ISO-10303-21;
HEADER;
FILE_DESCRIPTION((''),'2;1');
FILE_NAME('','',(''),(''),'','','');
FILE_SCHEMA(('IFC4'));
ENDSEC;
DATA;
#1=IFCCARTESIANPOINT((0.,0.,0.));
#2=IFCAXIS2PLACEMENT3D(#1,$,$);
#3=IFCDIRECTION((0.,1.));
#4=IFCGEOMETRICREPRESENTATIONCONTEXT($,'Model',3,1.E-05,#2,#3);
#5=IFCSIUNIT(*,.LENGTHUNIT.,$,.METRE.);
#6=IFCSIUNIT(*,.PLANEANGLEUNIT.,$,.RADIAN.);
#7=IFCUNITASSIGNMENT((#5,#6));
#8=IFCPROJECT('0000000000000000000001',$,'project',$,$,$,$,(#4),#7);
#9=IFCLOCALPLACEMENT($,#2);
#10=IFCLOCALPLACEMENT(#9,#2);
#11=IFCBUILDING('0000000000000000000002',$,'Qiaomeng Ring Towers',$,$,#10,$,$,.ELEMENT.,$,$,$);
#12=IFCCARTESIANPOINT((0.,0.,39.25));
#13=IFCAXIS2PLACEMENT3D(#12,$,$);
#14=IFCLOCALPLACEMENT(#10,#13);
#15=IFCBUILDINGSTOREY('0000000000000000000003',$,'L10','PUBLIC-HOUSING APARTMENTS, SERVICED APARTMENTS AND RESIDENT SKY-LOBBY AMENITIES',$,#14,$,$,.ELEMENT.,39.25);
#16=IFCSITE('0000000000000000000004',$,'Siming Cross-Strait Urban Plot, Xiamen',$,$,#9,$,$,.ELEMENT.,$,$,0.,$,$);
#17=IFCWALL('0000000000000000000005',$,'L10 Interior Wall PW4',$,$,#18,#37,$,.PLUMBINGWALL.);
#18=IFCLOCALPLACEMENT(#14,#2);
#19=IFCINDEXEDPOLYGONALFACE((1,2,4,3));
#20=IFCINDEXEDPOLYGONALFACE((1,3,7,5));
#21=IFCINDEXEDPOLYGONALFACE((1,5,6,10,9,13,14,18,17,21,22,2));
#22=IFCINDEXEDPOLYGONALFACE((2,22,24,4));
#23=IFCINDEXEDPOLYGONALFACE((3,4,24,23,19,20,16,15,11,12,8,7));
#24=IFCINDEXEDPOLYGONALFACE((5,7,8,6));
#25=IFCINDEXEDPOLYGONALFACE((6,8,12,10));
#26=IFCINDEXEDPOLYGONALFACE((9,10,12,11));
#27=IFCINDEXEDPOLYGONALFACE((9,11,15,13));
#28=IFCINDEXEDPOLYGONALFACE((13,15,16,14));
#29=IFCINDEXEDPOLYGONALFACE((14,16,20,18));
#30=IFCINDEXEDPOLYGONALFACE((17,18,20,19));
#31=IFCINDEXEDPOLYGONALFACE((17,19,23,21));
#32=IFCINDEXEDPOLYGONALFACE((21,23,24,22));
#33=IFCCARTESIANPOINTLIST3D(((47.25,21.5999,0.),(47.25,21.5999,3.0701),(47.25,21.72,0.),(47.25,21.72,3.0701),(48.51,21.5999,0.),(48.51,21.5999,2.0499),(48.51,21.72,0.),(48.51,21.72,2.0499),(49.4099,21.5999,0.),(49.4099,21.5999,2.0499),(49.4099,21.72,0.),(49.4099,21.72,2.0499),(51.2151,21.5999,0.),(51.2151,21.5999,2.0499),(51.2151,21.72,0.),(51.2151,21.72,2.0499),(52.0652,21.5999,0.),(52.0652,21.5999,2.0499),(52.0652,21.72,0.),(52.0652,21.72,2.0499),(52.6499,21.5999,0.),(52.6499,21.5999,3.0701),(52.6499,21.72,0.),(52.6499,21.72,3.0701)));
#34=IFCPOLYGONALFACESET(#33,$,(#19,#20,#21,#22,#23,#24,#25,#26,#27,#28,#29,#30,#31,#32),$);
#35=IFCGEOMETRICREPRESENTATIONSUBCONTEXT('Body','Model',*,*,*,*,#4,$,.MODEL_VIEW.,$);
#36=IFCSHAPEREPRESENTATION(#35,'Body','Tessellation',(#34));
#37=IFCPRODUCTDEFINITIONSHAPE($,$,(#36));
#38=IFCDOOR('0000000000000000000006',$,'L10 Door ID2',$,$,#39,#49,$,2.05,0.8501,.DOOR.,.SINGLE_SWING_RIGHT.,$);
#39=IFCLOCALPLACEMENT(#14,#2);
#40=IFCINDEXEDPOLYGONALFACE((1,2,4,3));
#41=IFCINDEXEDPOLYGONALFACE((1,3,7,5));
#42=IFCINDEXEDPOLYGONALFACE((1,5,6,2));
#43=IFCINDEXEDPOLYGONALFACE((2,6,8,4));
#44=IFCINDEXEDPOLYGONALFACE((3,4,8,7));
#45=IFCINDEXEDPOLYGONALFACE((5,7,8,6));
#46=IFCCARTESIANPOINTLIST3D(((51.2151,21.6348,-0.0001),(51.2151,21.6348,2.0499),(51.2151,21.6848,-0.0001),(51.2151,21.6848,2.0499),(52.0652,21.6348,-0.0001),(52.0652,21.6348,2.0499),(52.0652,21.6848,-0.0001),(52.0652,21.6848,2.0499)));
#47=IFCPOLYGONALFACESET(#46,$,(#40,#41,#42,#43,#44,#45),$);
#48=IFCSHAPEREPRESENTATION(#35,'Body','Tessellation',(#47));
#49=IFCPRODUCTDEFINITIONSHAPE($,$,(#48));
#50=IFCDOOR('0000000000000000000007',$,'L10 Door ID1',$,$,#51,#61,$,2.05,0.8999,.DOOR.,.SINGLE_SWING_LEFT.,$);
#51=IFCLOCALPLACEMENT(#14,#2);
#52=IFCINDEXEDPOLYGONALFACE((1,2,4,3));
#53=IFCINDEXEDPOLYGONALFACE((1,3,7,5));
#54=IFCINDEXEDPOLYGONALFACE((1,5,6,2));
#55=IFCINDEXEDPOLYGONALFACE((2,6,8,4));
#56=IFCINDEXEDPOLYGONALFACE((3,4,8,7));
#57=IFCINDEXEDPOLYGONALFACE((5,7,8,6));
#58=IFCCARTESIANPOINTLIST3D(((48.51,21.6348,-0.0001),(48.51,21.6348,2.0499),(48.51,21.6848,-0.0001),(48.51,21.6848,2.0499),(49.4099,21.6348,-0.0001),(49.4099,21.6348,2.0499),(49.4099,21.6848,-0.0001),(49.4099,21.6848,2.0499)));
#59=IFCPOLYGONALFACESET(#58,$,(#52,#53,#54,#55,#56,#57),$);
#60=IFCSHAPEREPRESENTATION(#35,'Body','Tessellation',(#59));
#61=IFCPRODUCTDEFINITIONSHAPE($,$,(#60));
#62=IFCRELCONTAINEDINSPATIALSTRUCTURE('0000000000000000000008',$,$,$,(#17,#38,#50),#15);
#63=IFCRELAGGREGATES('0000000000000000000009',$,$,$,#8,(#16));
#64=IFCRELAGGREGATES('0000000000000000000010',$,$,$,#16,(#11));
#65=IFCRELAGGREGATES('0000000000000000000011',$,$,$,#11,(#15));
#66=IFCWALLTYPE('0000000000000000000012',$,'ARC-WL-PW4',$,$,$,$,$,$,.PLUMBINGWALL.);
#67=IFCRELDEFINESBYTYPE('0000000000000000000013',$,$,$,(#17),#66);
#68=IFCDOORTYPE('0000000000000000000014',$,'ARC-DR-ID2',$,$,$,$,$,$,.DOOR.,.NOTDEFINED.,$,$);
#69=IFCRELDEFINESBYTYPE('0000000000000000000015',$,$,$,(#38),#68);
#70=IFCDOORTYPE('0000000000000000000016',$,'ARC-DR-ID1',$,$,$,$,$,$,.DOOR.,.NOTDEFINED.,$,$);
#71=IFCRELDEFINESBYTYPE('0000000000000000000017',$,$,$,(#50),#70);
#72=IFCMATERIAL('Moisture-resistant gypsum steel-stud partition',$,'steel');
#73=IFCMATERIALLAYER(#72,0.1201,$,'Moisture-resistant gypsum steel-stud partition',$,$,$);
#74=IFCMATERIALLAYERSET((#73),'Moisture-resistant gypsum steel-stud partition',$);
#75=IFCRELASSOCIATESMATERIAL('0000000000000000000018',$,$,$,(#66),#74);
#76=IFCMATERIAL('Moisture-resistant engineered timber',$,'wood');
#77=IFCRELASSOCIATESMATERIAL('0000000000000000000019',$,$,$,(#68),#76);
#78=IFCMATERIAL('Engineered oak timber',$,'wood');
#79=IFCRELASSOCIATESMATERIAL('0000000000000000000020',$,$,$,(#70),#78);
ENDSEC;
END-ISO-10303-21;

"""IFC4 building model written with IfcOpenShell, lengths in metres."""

from ifc_helpers import new_model, si_unit, direction, frame, frame_2d, origin, place, context, subcontext, project, spatial, rectangle, extrude, source, transform, mapped, material, layer, layer_set, type_object, element, fill, save


model = new_model("IFC4")

# Units and contexts
model_context = context("Model", 3, precision=1e-05, world=origin(), true_north=direction((0.0, 1.0)))
body_context = subcontext(model_context, "Body", "Model", "MODEL_VIEW")
ifc_project = project(units=[si_unit("LENGTHUNIT", "METRE"), si_unit("PLANEANGLEUNIT", "RADIAN")], contexts=[model_context])

# Site, building, storey
site_placement = place(None, origin())
site = spatial("IfcSite", under=ifc_project, at=site_placement, Name="Siming Cross-Strait Urban Plot, Xiamen", CompositionType="ELEMENT", RefElevation=0.0)
building_placement = place(site_placement, origin())
building = spatial("IfcBuilding", under=site, at=building_placement, Name="Qiaomeng Ring Towers", CompositionType="ELEMENT")
storey_placement = place(building_placement, frame((0.0, 0.0, 39.25)))
storey = spatial("IfcBuildingStorey", under=building, at=storey_placement, Name="L10", Description="PUBLIC-HOUSING APARTMENTS, SERVICED APARTMENTS AND RESIDENT SKY-LOBBY AMENITIES", CompositionType="ELEMENT", Elevation=39.25)

# Wall, openings, doors
ifc_material_1 = material(Name="Moisture-resistant gypsum steel-stud partition", Category="steel")
ifc_layer_1 = layer(ifc_material_1, 0.1201, Name="Moisture-resistant gypsum steel-stud partition")
ifc_layer_set_1 = layer_set([ifc_layer_1], Name="Moisture-resistant gypsum steel-stud partition")
wall_type_1 = type_object("IfcWallType", Name="ARC-WL-PW4", PredefinedType="PLUMBINGWALL", material=ifc_layer_set_1)
wall_1_placement = place(storey_placement, frame((47.25, 21.6599, 0.0), z_axis=(0.0, 0.0, 1.0), x_axis=(1.0, 0.0, 0.0)))
wall_1 = element("IfcWall", 1, at=wall_1_placement, inside=storey, type_object=wall_type_1, Name="L10 Interior Wall PW4", PredefinedType="PLUMBINGWALL", context=body_context, shape_type="SweptSolid", body=[
    extrude(rectangle(XDim=5.3999, YDim=0.1201, at=frame_2d((2.7, 0.0))), origin(), (0.0, 0.0, 1.0), 3.0701),
])
opening_1_placement = place(wall_1_placement, frame((1.26, 0.0, 0.0)))
opening_1 = element("IfcOpeningElement", 2, at=opening_1_placement, cuts=wall_1, PredefinedType="OPENING", context=body_context, shape_type="SweptSolid", body=[
    extrude(rectangle(XDim=0.8999, YDim=2.05, at=frame_2d((0.45, 1.0249))), frame((0.0, 0.0701, 0.0), z_axis=(0.0, -1.0, 0.0), x_axis=(1.0, 0.0, 0.0)), (0.0, 0.0, 1.0), 0.1401),
])
opening_2_placement = place(wall_1_placement, frame((3.9651, 0.0, 0.0)))
opening_2 = element("IfcOpeningElement", 3, at=opening_2_placement, cuts=wall_1, PredefinedType="OPENING", context=body_context, shape_type="SweptSolid", body=[
    extrude(rectangle(XDim=0.8501, YDim=2.05, at=frame_2d((0.425, 1.0249))), frame((0.0, 0.0701, 0.0), z_axis=(0.0, -1.0, 0.0), x_axis=(1.0, 0.0, 0.0)), (0.0, 0.0, 1.0), 0.1401),
])
ifc_material_2 = material(Name="Moisture-resistant engineered timber", Category="wood")
door_type_1 = type_object("IfcDoorType", Name="ARC-DR-ID2", OperationType="NOTDEFINED", PredefinedType="DOOR", material=ifc_material_2)
shared_shape_1 = source(origin(), body_context, "Body", "SweptSolid", [
    extrude(rectangle(XDim=0.8501, YDim=2.05, at=frame_2d((0.425, 1.0249))), frame((0.0, 0.0249, 0.0), z_axis=(0.0, -1.0, 0.0), x_axis=(1.0, 0.0, 0.0)), (0.0, 0.0, 1.0), 0.05),
])
door_1_placement = place(opening_2_placement, origin())
door_1 = element("IfcDoor", 4, at=door_1_placement, inside=storey, type_object=door_type_1, Name="L10 Door ID2", OperationType="SINGLE_SWING_RIGHT", OverallHeight=2.05, OverallWidth=0.8501, PredefinedType="DOOR", context=body_context, shape_type="MappedRepresentation", body=[
    mapped(shared_shape_1, transform((0.0, 0.0, 0.0), x_axis=(1.0, 0.0, 0.0), y_axis=(0.0, 1.0, 0.0), z_axis=(0.0, 0.0, 1.0), scale=1.0)),
])
fill(opening_2, door_1)
ifc_material_3 = material(Name="Engineered oak timber", Category="wood")
door_type_2 = type_object("IfcDoorType", Name="ARC-DR-ID1", OperationType="NOTDEFINED", PredefinedType="DOOR", material=ifc_material_3)
shared_shape_2 = source(origin(), body_context, "Body", "SweptSolid", [
    extrude(rectangle(XDim=0.8999, YDim=2.05, at=frame_2d((0.45, 1.0249))), frame((0.0, 0.0249, 0.0), z_axis=(0.0, -1.0, 0.0), x_axis=(1.0, 0.0, 0.0)), (0.0, 0.0, 1.0), 0.05),
])
door_2_placement = place(opening_1_placement, origin())
door_2 = element("IfcDoor", 5, at=door_2_placement, inside=storey, type_object=door_type_2, Name="L10 Door ID1", OperationType="SINGLE_SWING_LEFT", OverallHeight=2.05, OverallWidth=0.8999, PredefinedType="DOOR", context=body_context, shape_type="MappedRepresentation", body=[
    mapped(shared_shape_2, transform((0.0, 0.0, 0.0), x_axis=(1.0, 0.0, 0.0), y_axis=(0.0, 1.0, 0.0), z_axis=(0.0, 0.0, 1.0), scale=1.0)),
])
fill(opening_1, door_2)

save(model, "model.ifc")
